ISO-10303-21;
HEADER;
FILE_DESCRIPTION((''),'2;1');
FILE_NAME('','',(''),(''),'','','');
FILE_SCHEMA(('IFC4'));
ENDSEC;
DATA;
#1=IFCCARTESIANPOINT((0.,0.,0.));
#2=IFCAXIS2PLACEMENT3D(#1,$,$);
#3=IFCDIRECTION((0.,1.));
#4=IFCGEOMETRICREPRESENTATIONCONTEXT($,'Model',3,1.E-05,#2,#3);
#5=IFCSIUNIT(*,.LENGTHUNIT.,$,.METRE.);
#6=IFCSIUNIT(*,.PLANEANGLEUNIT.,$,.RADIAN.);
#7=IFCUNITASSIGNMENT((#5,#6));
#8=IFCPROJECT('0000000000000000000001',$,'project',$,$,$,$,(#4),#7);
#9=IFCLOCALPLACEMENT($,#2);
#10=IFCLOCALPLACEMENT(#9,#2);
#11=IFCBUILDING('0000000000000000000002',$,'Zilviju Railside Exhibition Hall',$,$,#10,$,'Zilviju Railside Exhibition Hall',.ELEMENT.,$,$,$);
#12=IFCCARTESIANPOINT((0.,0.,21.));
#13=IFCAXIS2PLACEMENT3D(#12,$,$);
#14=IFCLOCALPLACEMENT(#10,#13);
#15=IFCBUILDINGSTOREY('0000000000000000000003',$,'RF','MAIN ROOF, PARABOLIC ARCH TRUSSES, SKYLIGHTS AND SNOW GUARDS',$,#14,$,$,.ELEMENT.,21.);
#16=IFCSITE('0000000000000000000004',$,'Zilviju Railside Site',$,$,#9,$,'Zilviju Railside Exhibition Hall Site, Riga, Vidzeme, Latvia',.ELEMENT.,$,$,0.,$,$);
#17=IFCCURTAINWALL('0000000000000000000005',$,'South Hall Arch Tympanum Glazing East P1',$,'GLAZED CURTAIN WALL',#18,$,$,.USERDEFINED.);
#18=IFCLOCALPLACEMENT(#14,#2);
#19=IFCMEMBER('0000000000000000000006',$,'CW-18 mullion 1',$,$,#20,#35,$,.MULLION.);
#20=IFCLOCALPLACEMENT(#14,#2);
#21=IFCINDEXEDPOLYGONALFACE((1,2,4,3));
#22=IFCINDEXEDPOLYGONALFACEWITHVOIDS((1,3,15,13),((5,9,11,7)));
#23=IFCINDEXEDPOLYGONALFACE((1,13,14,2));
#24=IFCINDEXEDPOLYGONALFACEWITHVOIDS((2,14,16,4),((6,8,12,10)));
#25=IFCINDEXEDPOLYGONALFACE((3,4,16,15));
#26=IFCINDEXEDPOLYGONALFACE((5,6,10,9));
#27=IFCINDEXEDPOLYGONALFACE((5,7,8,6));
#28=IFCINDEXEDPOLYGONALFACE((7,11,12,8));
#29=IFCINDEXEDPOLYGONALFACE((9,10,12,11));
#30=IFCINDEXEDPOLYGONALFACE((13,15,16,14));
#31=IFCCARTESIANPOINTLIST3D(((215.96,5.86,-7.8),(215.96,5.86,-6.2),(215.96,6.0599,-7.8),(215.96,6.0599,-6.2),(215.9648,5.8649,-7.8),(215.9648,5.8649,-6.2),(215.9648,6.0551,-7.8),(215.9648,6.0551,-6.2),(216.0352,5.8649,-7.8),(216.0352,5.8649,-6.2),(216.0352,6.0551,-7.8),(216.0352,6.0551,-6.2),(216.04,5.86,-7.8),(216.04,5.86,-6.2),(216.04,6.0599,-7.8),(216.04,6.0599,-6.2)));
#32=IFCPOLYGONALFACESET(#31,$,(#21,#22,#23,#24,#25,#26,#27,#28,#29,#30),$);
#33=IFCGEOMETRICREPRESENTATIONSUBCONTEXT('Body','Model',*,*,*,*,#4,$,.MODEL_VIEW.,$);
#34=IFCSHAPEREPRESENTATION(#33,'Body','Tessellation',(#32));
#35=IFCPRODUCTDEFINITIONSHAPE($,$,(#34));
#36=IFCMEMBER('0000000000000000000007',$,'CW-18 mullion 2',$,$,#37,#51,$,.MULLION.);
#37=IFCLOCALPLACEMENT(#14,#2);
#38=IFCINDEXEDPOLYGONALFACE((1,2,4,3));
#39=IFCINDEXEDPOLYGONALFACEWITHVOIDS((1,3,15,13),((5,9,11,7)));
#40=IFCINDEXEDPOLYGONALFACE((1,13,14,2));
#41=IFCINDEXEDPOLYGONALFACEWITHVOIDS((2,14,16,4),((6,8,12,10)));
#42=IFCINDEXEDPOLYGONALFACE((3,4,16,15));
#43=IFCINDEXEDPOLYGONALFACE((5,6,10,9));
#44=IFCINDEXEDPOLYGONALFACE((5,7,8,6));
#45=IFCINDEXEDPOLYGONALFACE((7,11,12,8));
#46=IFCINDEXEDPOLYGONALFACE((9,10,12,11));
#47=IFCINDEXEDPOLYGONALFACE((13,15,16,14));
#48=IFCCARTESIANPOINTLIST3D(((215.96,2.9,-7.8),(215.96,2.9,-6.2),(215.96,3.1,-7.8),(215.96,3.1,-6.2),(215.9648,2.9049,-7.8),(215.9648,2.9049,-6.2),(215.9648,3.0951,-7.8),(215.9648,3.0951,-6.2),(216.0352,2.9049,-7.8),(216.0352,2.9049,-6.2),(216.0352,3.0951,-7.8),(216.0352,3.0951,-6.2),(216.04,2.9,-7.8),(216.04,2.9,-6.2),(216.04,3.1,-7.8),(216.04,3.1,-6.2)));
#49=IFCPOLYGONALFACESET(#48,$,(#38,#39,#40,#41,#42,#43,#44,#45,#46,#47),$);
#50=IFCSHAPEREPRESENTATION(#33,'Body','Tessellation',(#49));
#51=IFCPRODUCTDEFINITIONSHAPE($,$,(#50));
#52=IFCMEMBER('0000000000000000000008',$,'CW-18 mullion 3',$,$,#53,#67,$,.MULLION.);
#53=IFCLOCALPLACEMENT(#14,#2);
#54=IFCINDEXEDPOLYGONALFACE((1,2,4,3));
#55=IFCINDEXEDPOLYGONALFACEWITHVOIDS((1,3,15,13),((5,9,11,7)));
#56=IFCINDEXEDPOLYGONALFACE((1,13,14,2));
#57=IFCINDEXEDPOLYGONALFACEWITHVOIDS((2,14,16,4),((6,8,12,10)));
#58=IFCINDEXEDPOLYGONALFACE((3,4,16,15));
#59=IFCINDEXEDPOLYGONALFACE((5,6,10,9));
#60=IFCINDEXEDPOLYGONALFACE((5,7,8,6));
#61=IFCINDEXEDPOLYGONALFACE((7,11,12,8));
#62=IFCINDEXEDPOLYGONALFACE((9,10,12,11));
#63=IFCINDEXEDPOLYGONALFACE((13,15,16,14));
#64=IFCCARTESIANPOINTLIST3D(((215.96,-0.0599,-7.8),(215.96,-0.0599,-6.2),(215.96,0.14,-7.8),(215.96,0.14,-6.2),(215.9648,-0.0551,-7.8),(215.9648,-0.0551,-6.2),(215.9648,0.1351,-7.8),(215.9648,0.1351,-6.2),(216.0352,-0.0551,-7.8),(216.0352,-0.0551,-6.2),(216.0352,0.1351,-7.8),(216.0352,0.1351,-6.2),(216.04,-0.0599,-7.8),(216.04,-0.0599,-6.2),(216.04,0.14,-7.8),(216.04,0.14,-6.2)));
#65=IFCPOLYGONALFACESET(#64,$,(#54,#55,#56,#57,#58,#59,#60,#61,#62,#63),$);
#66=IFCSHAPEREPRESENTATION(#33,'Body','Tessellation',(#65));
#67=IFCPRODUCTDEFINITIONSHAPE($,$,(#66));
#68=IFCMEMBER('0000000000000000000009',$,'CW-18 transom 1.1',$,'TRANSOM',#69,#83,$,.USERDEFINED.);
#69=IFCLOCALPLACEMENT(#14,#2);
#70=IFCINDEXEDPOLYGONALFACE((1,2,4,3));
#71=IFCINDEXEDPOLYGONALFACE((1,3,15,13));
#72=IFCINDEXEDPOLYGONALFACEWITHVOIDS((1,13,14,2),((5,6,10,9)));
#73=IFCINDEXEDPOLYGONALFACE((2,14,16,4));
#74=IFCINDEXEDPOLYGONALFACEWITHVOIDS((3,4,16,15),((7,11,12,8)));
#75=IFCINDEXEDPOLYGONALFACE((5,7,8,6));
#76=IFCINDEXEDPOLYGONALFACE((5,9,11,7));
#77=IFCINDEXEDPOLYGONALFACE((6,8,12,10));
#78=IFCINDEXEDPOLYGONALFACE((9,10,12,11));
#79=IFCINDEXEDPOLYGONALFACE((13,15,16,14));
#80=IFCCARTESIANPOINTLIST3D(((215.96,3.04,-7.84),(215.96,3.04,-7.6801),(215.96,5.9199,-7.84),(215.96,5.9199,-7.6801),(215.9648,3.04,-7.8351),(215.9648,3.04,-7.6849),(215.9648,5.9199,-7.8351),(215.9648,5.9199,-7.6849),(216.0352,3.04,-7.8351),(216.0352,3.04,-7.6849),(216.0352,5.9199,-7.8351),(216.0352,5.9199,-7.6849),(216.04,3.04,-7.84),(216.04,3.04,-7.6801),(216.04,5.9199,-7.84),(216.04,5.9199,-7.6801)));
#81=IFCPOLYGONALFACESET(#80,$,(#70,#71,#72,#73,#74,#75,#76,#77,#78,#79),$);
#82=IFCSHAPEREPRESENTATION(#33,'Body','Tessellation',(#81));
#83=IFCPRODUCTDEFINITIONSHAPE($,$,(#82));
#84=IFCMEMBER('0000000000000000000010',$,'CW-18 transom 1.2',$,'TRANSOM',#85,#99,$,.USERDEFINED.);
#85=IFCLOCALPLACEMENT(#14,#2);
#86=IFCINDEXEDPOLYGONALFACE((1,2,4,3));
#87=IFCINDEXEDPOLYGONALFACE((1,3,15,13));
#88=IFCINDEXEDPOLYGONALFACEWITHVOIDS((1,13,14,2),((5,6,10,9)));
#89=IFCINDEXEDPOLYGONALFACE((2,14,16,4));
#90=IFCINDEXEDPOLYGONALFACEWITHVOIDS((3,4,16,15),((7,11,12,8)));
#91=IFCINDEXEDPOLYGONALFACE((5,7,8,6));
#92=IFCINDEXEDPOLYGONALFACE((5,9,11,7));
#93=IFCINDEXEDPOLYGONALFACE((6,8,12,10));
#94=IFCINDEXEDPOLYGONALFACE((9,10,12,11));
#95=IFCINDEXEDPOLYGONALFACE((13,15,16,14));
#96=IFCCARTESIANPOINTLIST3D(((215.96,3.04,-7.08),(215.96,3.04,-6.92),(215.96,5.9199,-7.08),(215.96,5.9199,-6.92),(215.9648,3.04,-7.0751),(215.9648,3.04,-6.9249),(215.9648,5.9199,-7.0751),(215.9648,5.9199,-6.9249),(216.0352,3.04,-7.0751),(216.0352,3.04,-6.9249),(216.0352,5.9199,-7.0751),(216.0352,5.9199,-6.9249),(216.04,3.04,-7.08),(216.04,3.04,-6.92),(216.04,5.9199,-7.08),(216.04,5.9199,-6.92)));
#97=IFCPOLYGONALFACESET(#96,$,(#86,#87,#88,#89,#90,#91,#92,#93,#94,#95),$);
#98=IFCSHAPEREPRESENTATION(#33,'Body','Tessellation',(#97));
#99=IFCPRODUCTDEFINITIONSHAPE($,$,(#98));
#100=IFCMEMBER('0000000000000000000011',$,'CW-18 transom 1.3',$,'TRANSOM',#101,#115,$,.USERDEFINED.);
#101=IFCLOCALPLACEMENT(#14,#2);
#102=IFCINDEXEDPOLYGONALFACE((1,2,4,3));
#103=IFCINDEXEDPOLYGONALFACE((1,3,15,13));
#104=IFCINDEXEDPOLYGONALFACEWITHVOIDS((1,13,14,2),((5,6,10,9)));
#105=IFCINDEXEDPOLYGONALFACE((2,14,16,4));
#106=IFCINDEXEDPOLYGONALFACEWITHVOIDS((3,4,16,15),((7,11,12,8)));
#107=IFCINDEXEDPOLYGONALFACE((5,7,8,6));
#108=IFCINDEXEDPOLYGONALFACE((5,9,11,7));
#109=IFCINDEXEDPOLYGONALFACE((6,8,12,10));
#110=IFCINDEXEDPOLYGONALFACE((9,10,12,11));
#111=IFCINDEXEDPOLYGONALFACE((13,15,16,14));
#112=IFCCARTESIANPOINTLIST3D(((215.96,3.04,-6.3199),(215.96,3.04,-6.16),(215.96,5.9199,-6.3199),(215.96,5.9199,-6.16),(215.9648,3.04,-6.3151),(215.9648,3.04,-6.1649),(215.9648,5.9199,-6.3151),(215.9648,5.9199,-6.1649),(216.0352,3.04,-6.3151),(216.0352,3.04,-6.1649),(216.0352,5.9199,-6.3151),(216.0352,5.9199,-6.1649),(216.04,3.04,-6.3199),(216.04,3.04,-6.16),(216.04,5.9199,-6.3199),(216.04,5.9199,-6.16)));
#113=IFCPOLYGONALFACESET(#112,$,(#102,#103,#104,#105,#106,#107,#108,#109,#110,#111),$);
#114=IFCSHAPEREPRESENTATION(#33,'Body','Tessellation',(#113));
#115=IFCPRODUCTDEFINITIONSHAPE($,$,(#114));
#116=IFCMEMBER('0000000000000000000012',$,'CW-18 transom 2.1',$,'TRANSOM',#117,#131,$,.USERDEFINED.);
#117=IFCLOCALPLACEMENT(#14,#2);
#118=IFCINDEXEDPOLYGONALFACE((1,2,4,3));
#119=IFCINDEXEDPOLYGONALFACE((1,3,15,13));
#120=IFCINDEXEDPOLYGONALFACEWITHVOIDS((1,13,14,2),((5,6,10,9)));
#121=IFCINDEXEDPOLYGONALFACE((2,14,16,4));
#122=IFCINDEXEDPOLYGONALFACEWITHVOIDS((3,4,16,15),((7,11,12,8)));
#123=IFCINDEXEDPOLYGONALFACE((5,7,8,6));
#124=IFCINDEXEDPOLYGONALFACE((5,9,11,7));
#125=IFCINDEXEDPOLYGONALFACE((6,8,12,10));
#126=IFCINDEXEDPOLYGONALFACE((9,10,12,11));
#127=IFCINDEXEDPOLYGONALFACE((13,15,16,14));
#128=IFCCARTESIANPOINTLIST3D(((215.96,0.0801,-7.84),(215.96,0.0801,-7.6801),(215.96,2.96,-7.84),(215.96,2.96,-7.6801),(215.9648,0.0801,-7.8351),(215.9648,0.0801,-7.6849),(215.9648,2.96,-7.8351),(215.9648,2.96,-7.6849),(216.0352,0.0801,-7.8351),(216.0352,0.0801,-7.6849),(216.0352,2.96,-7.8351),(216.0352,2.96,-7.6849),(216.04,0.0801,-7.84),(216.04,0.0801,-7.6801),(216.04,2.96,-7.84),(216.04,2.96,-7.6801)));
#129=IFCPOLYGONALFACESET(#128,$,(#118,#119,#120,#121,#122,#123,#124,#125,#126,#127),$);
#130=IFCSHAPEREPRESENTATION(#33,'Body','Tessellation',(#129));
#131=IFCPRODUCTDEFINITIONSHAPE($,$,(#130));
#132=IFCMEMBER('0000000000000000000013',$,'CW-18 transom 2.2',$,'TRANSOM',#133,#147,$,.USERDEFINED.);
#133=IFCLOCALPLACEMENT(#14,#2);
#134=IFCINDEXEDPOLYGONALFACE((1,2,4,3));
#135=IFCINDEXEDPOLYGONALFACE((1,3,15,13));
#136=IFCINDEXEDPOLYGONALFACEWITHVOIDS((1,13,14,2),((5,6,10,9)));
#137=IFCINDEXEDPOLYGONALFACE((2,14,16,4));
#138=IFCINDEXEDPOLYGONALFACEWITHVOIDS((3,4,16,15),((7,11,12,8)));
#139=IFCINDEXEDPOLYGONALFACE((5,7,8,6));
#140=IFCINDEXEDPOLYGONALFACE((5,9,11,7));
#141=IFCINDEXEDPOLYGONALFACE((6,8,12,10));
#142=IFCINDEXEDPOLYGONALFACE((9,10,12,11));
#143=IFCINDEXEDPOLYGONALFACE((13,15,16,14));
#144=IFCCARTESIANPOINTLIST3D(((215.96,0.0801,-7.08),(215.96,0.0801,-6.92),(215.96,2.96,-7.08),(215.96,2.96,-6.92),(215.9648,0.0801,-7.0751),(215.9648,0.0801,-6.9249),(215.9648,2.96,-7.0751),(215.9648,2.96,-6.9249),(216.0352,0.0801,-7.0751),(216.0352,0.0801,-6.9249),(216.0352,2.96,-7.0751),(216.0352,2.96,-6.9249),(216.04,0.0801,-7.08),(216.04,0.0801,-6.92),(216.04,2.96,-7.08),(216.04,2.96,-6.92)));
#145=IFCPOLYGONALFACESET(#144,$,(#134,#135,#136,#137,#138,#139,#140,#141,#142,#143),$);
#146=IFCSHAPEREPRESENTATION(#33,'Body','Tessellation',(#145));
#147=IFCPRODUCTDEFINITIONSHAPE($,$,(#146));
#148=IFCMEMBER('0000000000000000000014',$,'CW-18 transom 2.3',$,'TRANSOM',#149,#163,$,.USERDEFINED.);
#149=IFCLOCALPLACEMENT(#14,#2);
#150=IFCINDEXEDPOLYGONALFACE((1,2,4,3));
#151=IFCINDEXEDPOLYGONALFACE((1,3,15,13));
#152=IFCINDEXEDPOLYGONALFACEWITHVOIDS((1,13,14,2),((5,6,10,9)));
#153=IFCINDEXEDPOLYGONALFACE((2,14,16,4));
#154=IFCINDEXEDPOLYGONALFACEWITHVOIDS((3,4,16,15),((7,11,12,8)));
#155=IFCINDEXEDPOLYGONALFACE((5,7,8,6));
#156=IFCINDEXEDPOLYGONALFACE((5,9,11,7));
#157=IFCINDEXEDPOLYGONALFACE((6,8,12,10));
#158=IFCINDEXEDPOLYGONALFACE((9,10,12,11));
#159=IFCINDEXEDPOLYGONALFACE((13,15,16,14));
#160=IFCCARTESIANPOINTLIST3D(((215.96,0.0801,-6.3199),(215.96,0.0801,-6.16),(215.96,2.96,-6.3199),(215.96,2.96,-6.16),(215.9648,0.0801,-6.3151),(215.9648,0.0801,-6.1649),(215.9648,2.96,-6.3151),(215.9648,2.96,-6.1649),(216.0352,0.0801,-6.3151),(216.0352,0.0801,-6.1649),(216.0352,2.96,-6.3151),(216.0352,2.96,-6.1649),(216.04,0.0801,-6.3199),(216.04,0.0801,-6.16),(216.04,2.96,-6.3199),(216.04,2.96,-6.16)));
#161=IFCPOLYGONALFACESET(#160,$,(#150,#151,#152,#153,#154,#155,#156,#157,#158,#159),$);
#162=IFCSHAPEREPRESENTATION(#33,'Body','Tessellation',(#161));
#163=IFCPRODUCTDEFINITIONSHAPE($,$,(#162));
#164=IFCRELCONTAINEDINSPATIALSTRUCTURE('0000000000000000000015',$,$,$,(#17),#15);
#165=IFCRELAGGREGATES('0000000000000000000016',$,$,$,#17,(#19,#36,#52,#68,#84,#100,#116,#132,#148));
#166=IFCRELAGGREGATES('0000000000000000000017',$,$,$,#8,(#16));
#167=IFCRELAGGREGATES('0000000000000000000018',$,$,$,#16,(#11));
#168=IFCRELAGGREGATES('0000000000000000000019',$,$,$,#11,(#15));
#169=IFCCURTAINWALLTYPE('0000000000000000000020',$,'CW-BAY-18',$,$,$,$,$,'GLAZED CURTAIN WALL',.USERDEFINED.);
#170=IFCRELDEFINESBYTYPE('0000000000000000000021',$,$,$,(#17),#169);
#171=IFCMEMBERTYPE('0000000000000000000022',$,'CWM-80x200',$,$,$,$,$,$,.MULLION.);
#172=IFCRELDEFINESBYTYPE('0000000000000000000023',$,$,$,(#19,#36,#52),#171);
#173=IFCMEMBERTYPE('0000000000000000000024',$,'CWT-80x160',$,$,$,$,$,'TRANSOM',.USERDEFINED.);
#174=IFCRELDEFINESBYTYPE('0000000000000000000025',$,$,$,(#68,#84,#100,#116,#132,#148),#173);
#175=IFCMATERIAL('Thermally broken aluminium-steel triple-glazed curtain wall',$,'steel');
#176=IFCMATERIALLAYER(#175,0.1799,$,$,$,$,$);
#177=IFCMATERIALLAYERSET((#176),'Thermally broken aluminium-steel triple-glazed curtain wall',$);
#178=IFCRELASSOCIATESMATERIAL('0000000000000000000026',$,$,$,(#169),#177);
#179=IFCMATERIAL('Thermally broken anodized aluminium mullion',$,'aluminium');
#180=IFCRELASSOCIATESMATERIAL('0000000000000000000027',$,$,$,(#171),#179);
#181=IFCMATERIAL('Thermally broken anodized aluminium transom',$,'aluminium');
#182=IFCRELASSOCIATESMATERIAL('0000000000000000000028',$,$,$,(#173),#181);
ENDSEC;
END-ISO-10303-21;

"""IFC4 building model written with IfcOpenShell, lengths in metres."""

from ifc_helpers import new_model, si_unit, direction, frame, origin, origin_2d, place, context, subcontext, project, spatial, hollow_rectangle, extrude, material, layer, layer_set, material_profile, profile_set, type_object, element, aggregate, save


model = new_model("IFC4")

# Units and contexts
model_context = context("Model", 3, precision=1e-05, world=origin(), true_north=direction((0.0, 1.0)))
body_context = subcontext(model_context, "Body", "Model", "MODEL_VIEW")
ifc_project = project(units=[si_unit("LENGTHUNIT", "METRE"), si_unit("PLANEANGLEUNIT", "RADIAN")], contexts=[model_context])

# Site, building, storey
site_placement = place(None, origin())
site = spatial("IfcSite", under=ifc_project, at=site_placement, Name="Zilviju Railside Site", LongName="Zilviju Railside Exhibition Hall Site, Riga, Vidzeme, Latvia", CompositionType="ELEMENT", RefElevation=0.0)
building_placement = place(site_placement, origin())
building = spatial("IfcBuilding", under=site, at=building_placement, Name="Zilviju Railside Exhibition Hall", LongName="Zilviju Railside Exhibition Hall", CompositionType="ELEMENT")
storey_placement = place(building_placement, frame((0.0, 0.0, 21.0)))
storey = spatial("IfcBuildingStorey", under=building, at=storey_placement, Name="RF", Description="MAIN ROOF, PARABOLIC ARCH TRUSSES, SKYLIGHTS AND SNOW GUARDS", CompositionType="ELEMENT", Elevation=21.0)

# Curtain wall, members
ifc_material_1 = material(Name="Thermally broken aluminium-steel triple-glazed curtain wall", Category="steel")
ifc_layer_1 = layer(ifc_material_1, 0.1799)
ifc_layer_set_1 = layer_set([ifc_layer_1], Name="Thermally broken aluminium-steel triple-glazed curtain wall")
curtain_wall_type = type_object("IfcCurtainWallType", Name="CW-BAY-18", ElementType="GLAZED CURTAIN WALL", PredefinedType="USERDEFINED", material=ifc_layer_set_1)
curtain_wall_placement = place(storey_placement, origin())
curtain_wall = element("IfcCurtainWall", 1, at=curtain_wall_placement, inside=storey, type_object=curtain_wall_type, Name="South Hall Arch Tympanum Glazing East P1", ObjectType="GLAZED CURTAIN WALL", PredefinedType="USERDEFINED")
ifc_material_2 = material(Name="Thermally broken anodized aluminium mullion", Category="aluminium")
ifc_material_profile_1 = material_profile(ifc_material_2, hollow_rectangle(XDim=0.0801, YDim=0.2, WallThickness=0.0049, at=origin_2d()), Name="MULLION 200x80x5")
ifc_profile_set_1 = profile_set([ifc_material_profile_1], Name="Thermally broken anodized aluminium mullion")
member_type_1 = type_object("IfcMemberType", Name="CWM-80x200", PredefinedType="MULLION", material=ifc_profile_set_1)
member_1_placement = place(storey_placement, frame((216.0, 5.96, -7.8), z_axis=(0.0, 0.0, 1.0), x_axis=(1.0, 0.0, 0.0)))
member_1 = element("IfcMember", 2, at=member_1_placement, type_object=member_type_1, Name="CW-18 mullion 1", PredefinedType="MULLION", context=body_context, shape_type="SweptSolid", body=[
    extrude(hollow_rectangle(XDim=0.0801, YDim=0.2, WallThickness=0.0049, at=origin_2d()), origin(), (0.0, 0.0, 1.0), 1.6001),
])
member_2_placement = place(storey_placement, frame((216.0, 3.0, -7.8), z_axis=(0.0, 0.0, 1.0), x_axis=(1.0, 0.0, 0.0)))
member_2 = element("IfcMember", 3, at=member_2_placement, type_object=member_type_1, Name="CW-18 mullion 2", PredefinedType="MULLION", context=body_context, shape_type="SweptSolid", body=[
    extrude(hollow_rectangle(XDim=0.0801, YDim=0.2, WallThickness=0.0049, at=origin_2d()), origin(), (0.0, 0.0, 1.0), 1.6001),
])
member_3_placement = place(storey_placement, frame((216.0, 0.04, -7.8), z_axis=(0.0, 0.0, 1.0), x_axis=(1.0, 0.0, 0.0)))
member_3 = element("IfcMember", 4, at=member_3_placement, type_object=member_type_1, Name="CW-18 mullion 3", PredefinedType="MULLION", context=body_context, shape_type="SweptSolid", body=[
    extrude(hollow_rectangle(XDim=0.0801, YDim=0.2, WallThickness=0.0049, at=origin_2d()), origin(), (0.0, 0.0, 1.0), 1.6001),
])
ifc_material_3 = material(Name="Thermally broken anodized aluminium transom", Category="aluminium")
ifc_material_profile_2 = material_profile(ifc_material_3, hollow_rectangle(XDim=0.0801, YDim=0.1599, WallThickness=0.0049, at=origin_2d()), Name="TRANSOM 160x80x5")
ifc_profile_set_2 = profile_set([ifc_material_profile_2], Name="Thermally broken anodized aluminium transom")
member_type_2 = type_object("IfcMemberType", Name="CWT-80x160", ElementType="TRANSOM", PredefinedType="USERDEFINED", material=ifc_profile_set_2)
member_4_placement = place(storey_placement, frame((216.0, 5.9199, -7.76), z_axis=(0.0, -1.0, 0.0), x_axis=(1.0, 0.0, 0.0)))
member_4 = element("IfcMember", 5, at=member_4_placement, type_object=member_type_2, Name="CW-18 transom 1.1", ObjectType="TRANSOM", PredefinedType="USERDEFINED", context=body_context, shape_type="SweptSolid", body=[
    extrude(hollow_rectangle(XDim=0.0801, YDim=0.1599, WallThickness=0.0049, at=origin_2d()), origin(), (0.0, 0.0, 1.0), 2.8799),
])
member_5_placement = place(storey_placement, frame((216.0, 5.9199, -7.0), z_axis=(0.0, -1.0, 0.0), x_axis=(1.0, 0.0, 0.0)))
member_5 = element("IfcMember", 6, at=member_5_placement, type_object=member_type_2, Name="CW-18 transom 1.2", ObjectType="TRANSOM", PredefinedType="USERDEFINED", context=body_context, shape_type="SweptSolid", body=[
    extrude(hollow_rectangle(XDim=0.0801, YDim=0.1599, WallThickness=0.0049, at=origin_2d()), origin(), (0.0, 0.0, 1.0), 2.8799),
])
member_6_placement = place(storey_placement, frame((216.0, 5.9199, -6.24), z_axis=(0.0, -1.0, 0.0), x_axis=(1.0, 0.0, 0.0)))
member_6 = element("IfcMember", 7, at=member_6_placement, type_object=member_type_2, Name="CW-18 transom 1.3", ObjectType="TRANSOM", PredefinedType="USERDEFINED", context=body_context, shape_type="SweptSolid", body=[
    extrude(hollow_rectangle(XDim=0.0801, YDim=0.1599, WallThickness=0.0049, at=origin_2d()), origin(), (0.0, 0.0, 1.0), 2.8799),
])
member_7_placement = place(storey_placement, frame((216.0, 2.96, -7.76), z_axis=(0.0, -1.0, 0.0), x_axis=(1.0, 0.0, 0.0)))
member_7 = element("IfcMember", 8, at=member_7_placement, type_object=member_type_2, Name="CW-18 transom 2.1", ObjectType="TRANSOM", PredefinedType="USERDEFINED", context=body_context, shape_type="SweptSolid", body=[
    extrude(hollow_rectangle(XDim=0.0801, YDim=0.1599, WallThickness=0.0049, at=origin_2d()), origin(), (0.0, 0.0, 1.0), 2.8799),
])
member_8_placement = place(storey_placement, frame((216.0, 2.96, -7.0), z_axis=(0.0, -1.0, 0.0), x_axis=(1.0, 0.0, 0.0)))
member_8 = element("IfcMember", 9, at=member_8_placement, type_object=member_type_2, Name="CW-18 transom 2.2", ObjectType="TRANSOM", PredefinedType="USERDEFINED", context=body_context, shape_type="SweptSolid", body=[
    extrude(hollow_rectangle(XDim=0.0801, YDim=0.1599, WallThickness=0.0049, at=origin_2d()), origin(), (0.0, 0.0, 1.0), 2.8799),
])
member_9_placement = place(storey_placement, frame((216.0, 2.96, -6.24), z_axis=(0.0, -1.0, 0.0), x_axis=(1.0, 0.0, 0.0)))
member_9 = element("IfcMember", 10, at=member_9_placement, type_object=member_type_2, Name="CW-18 transom 2.3", ObjectType="TRANSOM", PredefinedType="USERDEFINED", context=body_context, shape_type="SweptSolid", body=[
    extrude(hollow_rectangle(XDim=0.0801, YDim=0.1599, WallThickness=0.0049, at=origin_2d()), origin(), (0.0, 0.0, 1.0), 2.8799),
])

aggregate(curtain_wall, [member_1, member_2, member_3, member_4, member_5, member_6, member_7, member_8, member_9])

save(model, "model.ifc")
